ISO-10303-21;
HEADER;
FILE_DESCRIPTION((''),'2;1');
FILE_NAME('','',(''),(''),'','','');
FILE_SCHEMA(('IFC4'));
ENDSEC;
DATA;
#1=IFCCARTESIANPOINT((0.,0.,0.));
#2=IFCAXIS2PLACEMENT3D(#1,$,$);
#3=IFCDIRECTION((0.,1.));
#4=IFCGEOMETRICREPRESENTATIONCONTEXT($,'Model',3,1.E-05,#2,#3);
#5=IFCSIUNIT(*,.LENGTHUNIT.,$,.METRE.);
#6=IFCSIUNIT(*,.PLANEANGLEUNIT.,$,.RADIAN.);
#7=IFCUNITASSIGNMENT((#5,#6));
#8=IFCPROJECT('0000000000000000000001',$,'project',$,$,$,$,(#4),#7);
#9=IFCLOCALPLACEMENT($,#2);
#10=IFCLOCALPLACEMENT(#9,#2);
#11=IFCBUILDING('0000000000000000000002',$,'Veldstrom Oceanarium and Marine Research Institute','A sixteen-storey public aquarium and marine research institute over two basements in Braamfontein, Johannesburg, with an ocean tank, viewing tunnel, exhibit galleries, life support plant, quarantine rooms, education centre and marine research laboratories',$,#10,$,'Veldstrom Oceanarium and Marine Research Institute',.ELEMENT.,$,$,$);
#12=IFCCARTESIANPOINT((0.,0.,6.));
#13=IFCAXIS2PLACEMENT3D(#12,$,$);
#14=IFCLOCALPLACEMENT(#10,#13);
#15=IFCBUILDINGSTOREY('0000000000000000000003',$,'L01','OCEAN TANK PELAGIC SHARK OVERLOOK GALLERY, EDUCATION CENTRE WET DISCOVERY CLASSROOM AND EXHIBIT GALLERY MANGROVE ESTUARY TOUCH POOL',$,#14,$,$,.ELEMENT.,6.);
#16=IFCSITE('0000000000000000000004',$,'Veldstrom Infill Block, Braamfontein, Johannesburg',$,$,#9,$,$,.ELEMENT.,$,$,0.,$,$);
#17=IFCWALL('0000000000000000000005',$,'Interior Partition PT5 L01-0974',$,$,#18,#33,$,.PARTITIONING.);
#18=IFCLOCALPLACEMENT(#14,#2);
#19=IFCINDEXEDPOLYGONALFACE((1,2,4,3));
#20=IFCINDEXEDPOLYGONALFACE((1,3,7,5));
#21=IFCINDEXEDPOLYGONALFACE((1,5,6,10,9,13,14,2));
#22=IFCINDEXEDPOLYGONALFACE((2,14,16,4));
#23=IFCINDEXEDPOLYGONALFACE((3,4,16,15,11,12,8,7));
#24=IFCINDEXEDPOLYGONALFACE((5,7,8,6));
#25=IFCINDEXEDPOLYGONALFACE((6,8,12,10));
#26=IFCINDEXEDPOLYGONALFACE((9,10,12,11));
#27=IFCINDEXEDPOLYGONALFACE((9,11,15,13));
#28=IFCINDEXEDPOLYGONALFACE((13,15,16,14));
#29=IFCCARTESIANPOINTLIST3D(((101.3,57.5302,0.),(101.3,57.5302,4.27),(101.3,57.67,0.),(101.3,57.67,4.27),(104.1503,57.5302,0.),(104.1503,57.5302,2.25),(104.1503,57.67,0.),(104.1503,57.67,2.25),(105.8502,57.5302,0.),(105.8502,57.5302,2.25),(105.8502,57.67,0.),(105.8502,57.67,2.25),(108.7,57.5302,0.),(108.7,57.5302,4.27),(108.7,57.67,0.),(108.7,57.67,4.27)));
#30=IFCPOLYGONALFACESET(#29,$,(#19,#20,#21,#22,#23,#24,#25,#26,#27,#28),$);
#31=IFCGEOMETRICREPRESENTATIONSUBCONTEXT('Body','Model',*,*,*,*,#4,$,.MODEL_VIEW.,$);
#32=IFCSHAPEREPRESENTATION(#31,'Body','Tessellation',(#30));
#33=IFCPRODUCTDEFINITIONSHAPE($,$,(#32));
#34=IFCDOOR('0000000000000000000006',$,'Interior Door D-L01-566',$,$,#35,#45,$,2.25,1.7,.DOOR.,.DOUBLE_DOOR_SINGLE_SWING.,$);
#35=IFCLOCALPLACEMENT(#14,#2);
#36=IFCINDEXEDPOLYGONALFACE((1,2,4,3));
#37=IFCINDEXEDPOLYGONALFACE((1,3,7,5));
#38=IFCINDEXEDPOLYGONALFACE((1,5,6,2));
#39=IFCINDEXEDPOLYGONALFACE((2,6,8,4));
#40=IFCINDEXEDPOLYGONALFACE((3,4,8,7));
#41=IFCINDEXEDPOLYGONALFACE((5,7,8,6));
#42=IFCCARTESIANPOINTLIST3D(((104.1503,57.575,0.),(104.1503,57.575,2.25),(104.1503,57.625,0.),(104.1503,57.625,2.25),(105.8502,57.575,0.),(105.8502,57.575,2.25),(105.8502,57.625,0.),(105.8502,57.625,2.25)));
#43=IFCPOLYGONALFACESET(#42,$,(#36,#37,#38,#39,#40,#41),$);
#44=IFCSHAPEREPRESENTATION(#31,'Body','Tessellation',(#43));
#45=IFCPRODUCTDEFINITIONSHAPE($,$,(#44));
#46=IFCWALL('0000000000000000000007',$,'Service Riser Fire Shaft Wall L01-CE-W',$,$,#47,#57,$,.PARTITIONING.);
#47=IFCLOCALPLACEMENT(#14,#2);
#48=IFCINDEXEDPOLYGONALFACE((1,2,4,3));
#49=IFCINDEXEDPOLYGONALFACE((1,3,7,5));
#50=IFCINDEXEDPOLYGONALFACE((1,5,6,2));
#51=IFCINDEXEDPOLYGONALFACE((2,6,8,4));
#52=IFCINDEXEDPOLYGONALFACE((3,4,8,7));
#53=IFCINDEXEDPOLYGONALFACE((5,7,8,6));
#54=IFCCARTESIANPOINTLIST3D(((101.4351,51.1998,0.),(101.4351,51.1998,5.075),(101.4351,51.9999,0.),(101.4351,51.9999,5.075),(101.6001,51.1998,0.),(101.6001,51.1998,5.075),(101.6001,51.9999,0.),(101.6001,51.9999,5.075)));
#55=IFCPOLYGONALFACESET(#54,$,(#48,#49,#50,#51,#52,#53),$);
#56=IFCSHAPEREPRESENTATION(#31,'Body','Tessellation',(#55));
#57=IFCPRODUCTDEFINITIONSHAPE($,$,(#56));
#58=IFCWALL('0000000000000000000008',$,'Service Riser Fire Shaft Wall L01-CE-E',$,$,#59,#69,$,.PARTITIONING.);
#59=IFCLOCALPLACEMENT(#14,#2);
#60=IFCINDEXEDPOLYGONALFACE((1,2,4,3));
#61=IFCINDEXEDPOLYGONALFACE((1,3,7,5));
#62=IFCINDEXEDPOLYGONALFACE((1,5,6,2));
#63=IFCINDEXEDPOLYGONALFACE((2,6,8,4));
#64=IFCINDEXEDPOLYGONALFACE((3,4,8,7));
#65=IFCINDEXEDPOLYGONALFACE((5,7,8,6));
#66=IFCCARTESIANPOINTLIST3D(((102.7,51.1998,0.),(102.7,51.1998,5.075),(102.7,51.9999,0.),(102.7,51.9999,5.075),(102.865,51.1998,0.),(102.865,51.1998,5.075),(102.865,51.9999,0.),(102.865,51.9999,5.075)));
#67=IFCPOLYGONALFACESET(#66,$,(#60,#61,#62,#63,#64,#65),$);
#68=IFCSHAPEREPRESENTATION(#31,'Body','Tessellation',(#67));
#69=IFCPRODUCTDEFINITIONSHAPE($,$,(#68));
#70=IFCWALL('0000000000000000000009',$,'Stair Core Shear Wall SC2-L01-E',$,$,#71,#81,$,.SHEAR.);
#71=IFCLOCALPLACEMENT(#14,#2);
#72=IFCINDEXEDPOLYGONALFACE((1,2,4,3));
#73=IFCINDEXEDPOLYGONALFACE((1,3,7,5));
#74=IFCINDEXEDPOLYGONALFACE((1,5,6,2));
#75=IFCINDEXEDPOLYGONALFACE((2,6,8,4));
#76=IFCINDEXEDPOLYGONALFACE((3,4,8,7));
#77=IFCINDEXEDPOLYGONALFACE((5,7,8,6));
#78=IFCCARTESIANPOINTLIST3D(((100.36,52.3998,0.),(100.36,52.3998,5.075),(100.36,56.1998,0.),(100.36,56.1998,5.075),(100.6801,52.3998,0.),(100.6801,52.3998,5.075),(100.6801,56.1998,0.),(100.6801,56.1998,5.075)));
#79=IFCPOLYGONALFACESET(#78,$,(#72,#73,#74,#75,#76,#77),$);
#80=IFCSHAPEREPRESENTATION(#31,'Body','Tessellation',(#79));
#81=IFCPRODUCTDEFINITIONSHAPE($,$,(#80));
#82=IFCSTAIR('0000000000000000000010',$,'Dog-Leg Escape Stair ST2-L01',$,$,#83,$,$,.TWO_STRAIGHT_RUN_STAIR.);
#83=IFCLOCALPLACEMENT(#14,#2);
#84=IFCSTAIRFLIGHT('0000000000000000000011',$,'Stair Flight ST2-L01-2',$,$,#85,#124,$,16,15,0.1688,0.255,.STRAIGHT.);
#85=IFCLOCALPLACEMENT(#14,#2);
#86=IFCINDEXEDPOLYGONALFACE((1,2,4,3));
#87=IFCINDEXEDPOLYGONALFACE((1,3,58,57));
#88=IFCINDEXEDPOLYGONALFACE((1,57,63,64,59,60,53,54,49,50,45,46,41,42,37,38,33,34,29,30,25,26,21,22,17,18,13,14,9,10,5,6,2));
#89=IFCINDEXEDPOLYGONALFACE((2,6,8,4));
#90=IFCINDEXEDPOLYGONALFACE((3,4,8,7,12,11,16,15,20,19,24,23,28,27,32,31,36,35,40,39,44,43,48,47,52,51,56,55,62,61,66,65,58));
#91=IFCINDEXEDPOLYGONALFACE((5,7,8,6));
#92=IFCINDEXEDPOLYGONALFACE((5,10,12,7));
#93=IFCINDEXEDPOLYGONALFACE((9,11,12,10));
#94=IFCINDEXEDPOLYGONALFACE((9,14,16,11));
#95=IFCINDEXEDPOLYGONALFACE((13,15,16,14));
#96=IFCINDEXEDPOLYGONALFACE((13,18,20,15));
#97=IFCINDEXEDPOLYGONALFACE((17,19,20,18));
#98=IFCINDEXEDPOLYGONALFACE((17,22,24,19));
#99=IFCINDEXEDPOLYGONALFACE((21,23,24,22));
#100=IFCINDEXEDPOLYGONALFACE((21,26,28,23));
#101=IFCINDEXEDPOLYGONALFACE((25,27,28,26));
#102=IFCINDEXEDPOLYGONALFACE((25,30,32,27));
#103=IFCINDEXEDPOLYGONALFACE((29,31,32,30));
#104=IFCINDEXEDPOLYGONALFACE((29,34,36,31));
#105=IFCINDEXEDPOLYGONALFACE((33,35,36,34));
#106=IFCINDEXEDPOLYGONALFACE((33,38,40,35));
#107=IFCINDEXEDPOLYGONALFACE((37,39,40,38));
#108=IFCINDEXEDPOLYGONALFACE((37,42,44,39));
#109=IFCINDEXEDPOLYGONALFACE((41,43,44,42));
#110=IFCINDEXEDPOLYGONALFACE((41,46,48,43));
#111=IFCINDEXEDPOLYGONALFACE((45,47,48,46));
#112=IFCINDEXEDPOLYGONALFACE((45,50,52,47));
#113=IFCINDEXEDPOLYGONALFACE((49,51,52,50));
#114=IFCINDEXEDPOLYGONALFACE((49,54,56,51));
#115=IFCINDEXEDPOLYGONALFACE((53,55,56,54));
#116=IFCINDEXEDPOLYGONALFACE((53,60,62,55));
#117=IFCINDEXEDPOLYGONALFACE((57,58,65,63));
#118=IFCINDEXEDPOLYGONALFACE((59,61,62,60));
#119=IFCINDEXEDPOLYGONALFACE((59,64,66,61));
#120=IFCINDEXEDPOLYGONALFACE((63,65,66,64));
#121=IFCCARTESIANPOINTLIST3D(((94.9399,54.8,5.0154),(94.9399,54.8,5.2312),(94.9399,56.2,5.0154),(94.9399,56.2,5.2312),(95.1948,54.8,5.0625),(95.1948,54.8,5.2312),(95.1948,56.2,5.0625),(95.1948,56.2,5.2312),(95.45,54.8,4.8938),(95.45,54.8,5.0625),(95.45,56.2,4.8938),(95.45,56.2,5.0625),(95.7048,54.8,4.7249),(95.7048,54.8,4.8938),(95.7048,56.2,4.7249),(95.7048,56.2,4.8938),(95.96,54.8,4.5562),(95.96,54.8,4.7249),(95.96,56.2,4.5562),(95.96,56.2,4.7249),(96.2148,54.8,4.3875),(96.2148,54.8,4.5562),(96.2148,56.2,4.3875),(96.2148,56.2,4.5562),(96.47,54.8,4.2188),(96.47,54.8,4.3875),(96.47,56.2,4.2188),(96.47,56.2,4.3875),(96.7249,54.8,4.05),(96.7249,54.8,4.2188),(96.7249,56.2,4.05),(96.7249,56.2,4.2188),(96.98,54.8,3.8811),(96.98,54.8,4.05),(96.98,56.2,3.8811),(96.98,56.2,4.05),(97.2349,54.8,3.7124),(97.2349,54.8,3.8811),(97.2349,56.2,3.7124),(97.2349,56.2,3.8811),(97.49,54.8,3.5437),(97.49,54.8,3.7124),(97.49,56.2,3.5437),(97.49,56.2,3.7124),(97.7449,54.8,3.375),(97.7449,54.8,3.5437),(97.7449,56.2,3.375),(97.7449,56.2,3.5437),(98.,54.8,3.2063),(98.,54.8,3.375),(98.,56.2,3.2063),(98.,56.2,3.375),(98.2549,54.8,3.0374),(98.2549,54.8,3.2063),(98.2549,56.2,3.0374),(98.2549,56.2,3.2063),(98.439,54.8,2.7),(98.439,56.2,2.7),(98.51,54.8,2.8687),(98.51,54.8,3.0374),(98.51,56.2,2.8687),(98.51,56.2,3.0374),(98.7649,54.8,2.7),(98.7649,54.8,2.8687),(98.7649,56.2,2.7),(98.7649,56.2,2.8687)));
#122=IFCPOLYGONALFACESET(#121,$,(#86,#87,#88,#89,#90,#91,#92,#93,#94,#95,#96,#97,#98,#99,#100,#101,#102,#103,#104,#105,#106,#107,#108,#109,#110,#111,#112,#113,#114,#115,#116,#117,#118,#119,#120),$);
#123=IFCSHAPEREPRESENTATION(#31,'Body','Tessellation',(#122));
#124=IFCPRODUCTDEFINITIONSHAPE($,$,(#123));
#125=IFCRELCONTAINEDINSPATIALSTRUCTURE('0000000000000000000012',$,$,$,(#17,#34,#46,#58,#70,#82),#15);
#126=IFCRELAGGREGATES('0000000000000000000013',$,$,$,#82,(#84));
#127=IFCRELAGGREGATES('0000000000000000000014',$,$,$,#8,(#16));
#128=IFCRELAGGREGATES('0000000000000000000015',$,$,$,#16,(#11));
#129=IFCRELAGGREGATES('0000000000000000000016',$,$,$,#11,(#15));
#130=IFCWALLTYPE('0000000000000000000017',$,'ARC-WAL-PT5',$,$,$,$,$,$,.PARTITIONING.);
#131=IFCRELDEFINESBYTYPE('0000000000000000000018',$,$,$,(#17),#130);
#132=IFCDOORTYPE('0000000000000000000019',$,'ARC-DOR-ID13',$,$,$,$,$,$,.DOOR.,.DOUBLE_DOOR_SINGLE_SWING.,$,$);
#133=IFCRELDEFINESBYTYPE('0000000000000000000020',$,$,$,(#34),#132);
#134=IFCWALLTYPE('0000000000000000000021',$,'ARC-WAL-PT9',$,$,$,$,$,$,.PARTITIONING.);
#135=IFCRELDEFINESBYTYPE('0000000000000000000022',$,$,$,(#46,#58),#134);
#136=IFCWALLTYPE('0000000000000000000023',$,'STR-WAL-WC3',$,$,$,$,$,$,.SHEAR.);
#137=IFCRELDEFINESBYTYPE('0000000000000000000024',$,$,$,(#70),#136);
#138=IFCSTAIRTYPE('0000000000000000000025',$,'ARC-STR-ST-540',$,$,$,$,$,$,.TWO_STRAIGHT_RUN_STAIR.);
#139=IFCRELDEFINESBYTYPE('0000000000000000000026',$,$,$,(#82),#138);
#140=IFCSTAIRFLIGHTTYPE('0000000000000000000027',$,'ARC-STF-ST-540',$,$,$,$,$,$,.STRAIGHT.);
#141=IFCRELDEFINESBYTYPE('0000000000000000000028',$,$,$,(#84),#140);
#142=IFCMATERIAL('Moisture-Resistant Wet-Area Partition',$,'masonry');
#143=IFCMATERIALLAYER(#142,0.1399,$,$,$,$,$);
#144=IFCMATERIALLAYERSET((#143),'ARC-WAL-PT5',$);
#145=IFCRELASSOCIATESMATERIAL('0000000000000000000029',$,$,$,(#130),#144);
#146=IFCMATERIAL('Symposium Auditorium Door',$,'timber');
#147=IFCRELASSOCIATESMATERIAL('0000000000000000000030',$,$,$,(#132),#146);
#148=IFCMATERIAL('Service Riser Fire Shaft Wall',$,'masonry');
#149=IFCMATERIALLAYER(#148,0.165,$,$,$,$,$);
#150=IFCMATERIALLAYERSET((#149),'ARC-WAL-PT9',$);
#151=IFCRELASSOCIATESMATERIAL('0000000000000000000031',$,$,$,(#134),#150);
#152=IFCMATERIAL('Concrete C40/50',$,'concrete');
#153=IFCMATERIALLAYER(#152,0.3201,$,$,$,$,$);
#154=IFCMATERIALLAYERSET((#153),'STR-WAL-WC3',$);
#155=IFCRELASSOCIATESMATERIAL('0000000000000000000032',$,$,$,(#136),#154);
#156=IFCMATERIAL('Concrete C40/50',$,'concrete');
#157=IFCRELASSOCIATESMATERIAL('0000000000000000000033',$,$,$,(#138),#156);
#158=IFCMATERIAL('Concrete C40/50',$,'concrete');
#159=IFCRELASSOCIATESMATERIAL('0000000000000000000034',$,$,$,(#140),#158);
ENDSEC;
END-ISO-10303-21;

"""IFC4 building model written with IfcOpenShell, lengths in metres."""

from ifc_helpers import new_model, si_unit, direction, frame, frame_2d, origin, place, context, subcontext, project, spatial, polyline, rectangle, outline, extrude, material, layer, layer_set, type_object, element, fill, aggregate, save


model = new_model("IFC4")

# Units and contexts
model_context = context("Model", 3, precision=1e-05, world=origin(), true_north=direction((0.0, 1.0)))
body_context = subcontext(model_context, "Body", "Model", "MODEL_VIEW")
ifc_project = project(units=[si_unit("LENGTHUNIT", "METRE"), si_unit("PLANEANGLEUNIT", "RADIAN")], contexts=[model_context])

# Site, building, storey
site_placement = place(None, origin())
site = spatial("IfcSite", under=ifc_project, at=site_placement, Name="Veldstrom Infill Block, Braamfontein, Johannesburg", CompositionType="ELEMENT", RefElevation=0.0)
building_placement = place(site_placement, origin())
building = spatial("IfcBuilding", under=site, at=building_placement, Name="Veldstrom Oceanarium and Marine Research Institute", Description="A sixteen-storey public aquarium and marine research institute over two basements in Braamfontein, Johannesburg, with an ocean tank, viewing tunnel, exhibit galleries, life support plant, quarantine rooms, education centre and marine research laboratories", LongName="Veldstrom Oceanarium and Marine Research Institute", CompositionType="ELEMENT")
storey_placement = place(building_placement, frame((0.0, 0.0, 6.0)))
storey = spatial("IfcBuildingStorey", under=building, at=storey_placement, Name="L01", Description="OCEAN TANK PELAGIC SHARK OVERLOOK GALLERY, EDUCATION CENTRE WET DISCOVERY CLASSROOM AND EXHIBIT GALLERY MANGROVE ESTUARY TOUCH POOL", CompositionType="ELEMENT", Elevation=6.0)

# Wall, opening, door
ifc_material_1 = material(Name="Moisture-Resistant Wet-Area Partition", Category="masonry")
ifc_layer_1 = layer(ifc_material_1, 0.1399)
ifc_layer_set_1 = layer_set([ifc_layer_1], Name="ARC-WAL-PT5")
wall_type_1 = type_object("IfcWallType", Name="ARC-WAL-PT5", PredefinedType="PARTITIONING", material=ifc_layer_set_1)
wall_1_placement = place(storey_placement, frame((101.3, 57.6001, 0.0), z_axis=(0.0, 0.0, 1.0), x_axis=(1.0, 0.0, 0.0)))
wall_1 = element("IfcWall", 1, at=wall_1_placement, inside=storey, type_object=wall_type_1, Name="Interior Partition PT5 L01-0974", PredefinedType="PARTITIONING", context=body_context, shape_type="SweptSolid", body=[
    extrude(rectangle(XDim=7.3999, YDim=0.1399, at=frame_2d((3.7, 0.0))), origin(), (0.0, 0.0, 1.0), 4.27),
])
opening_1_placement = place(wall_1_placement, frame((2.8501, 0.0, 0.0)))
opening_1 = element("IfcOpeningElement", 2, at=opening_1_placement, cuts=wall_1, PredefinedType="OPENING", context=body_context, shape_type="SweptSolid", body=[
    extrude(rectangle(XDim=1.7, YDim=2.25, at=frame_2d((0.8501, 1.125))), frame((0.0, 0.0798, 0.0), z_axis=(0.0, -1.0, 0.0), x_axis=(1.0, 0.0, 0.0)), (0.0, 0.0, 1.0), 0.1599),
])
ifc_material_2 = material(Name="Symposium Auditorium Door", Category="timber")
door_type_1 = type_object("IfcDoorType", Name="ARC-DOR-ID13", OperationType="DOUBLE_DOOR_SINGLE_SWING", PredefinedType="DOOR", material=ifc_material_2)
door_1_placement = place(opening_1_placement, origin())
door_1 = element("IfcDoor", 3, at=door_1_placement, inside=storey, type_object=door_type_1, Name="Interior Door D-L01-566", OperationType="DOUBLE_DOOR_SINGLE_SWING", OverallHeight=2.25, OverallWidth=1.7, PredefinedType="DOOR", context=body_context, shape_type="SweptSolid", body=[
    extrude(rectangle(XDim=1.7, YDim=2.25, at=frame_2d((0.8501, 1.125))), frame((0.0, 0.0249, 0.0), z_axis=(0.0, -1.0, 0.0), x_axis=(1.0, 0.0, 0.0)), (0.0, 0.0, 1.0), 0.05),
])
fill(opening_1, door_1)

# Walls
ifc_material_3 = material(Name="Service Riser Fire Shaft Wall", Category="masonry")
ifc_layer_2 = layer(ifc_material_3, 0.165)
ifc_layer_set_2 = layer_set([ifc_layer_2], Name="ARC-WAL-PT9")
wall_type_2 = type_object("IfcWallType", Name="ARC-WAL-PT9", PredefinedType="PARTITIONING", material=ifc_layer_set_2)
for number, where, z_axis, x_axis, name in (
    (4, (101.5176, 51.2, 0.0), (0.0, 0.0, 1.0), (0.0, 1.0, 0.0), "Service Riser Fire Shaft Wall L01-CE-W"),
    (5, (102.7825, 51.2, 0.0), (0.0, 0.0, 1.0), (0.0, 1.0, 0.0), "Service Riser Fire Shaft Wall L01-CE-E"),
):
    element("IfcWall", number, at=place(storey_placement, frame(where, z_axis=z_axis, x_axis=x_axis)), inside=storey, type_object=wall_type_2, Name=name, PredefinedType="PARTITIONING", context=body_context, shape_type="SweptSolid", body=[
        extrude(rectangle(XDim=0.8, YDim=0.165, at=frame_2d((0.3999, 0.0))), origin(), (0.0, 0.0, 1.0), 5.075),
    ])
ifc_material_4 = material(Name="Concrete C40/50", Category="concrete")
ifc_layer_3 = layer(ifc_material_4, 0.3201)
ifc_layer_set_3 = layer_set([ifc_layer_3], Name="STR-WAL-WC3")
wall_type_3 = type_object("IfcWallType", Name="STR-WAL-WC3", PredefinedType="SHEAR", material=ifc_layer_set_3)
wall_2_placement = place(storey_placement, frame((100.52, 52.3999, 0.0), z_axis=(0.0, 0.0, 1.0), x_axis=(0.0, 1.0, 0.0)))
element("IfcWall", 6, at=wall_2_placement, inside=storey, type_object=wall_type_3, Name="Stair Core Shear Wall SC2-L01-E", PredefinedType="SHEAR", context=body_context, shape_type="SweptSolid", body=[
    extrude(rectangle(XDim=3.8, YDim=0.3201, at=frame_2d((1.8999, 0.0))), origin(), (0.0, 0.0, 1.0), 5.075),
])

# Stair, stair flight
ifc_material_5 = material(Name="Concrete C40/50", Category="concrete")
stair_type = type_object("IfcStairType", Name="ARC-STR-ST-540", PredefinedType="TWO_STRAIGHT_RUN_STAIR", material=ifc_material_5)
stair_placement = place(storey_placement, origin())
stair = element("IfcStair", 7, at=stair_placement, inside=storey, type_object=stair_type, Name="Dog-Leg Escape Stair ST2-L01", PredefinedType="TWO_STRAIGHT_RUN_STAIR")
ifc_material_6 = material(Name="Concrete C40/50", Category="concrete")
stair_flight_type = type_object("IfcStairFlightType", Name="ARC-STF-ST-540", PredefinedType="STRAIGHT", material=ifc_material_6)
stair_flight_placement = place(storey_placement, frame((98.7649, 55.5, 2.7), z_axis=(0.0, 0.0, 1.0), x_axis=(-1.0, 0.0, 0.0)))
stair_flight = element("IfcStairFlight", 8, at=stair_flight_placement, type_object=stair_flight_type, Name="Stair Flight ST2-L01-2", NumberOfRisers=16, NumberOfTreads=15, PredefinedType="STRAIGHT", RiserHeight=0.1688, TreadLength=0.255, context=body_context, shape_type="SweptSolid", body=[
    extrude(outline(polyline([(0.0, 0.0), (0.0, 0.1687), (0.2549, 0.1687), (0.2549, 0.3374), (0.51, 0.3374), (0.51, 0.5063), (0.7649, 0.5063), (0.7649, 0.675), (1.02, 0.675), (1.02, 0.8438), (1.2749, 0.8438), (1.2749, 1.0125), (1.53, 1.0125), (1.53, 1.1812), (1.7849, 1.1812), (1.7849, 1.3501), (2.04, 1.3501), (2.04, 1.5188), (2.2949, 1.5188), (2.2949, 1.6875), (2.55, 1.6875), (2.55, 1.8562), (2.8049, 1.8562), (2.8049, 2.0249), (3.0601, 2.0249), (3.0601, 2.1938), (3.3149, 2.1938), (3.3149, 2.3625), (3.5701, 2.3625), (3.5701, 2.5312), (3.825, 2.5312), (3.825, 2.7), (3.825, 2.3154), (0.3259, 0.0), (0.0, 0.0)])), frame((0.0, 0.7, 0.0), z_axis=(0.0, -1.0, 0.0), x_axis=(1.0, 0.0, 0.0)), (0.0, 0.0, 1.0), 1.3999),
])
aggregate(stair, [stair_flight])

save(model, "model.ifc")
